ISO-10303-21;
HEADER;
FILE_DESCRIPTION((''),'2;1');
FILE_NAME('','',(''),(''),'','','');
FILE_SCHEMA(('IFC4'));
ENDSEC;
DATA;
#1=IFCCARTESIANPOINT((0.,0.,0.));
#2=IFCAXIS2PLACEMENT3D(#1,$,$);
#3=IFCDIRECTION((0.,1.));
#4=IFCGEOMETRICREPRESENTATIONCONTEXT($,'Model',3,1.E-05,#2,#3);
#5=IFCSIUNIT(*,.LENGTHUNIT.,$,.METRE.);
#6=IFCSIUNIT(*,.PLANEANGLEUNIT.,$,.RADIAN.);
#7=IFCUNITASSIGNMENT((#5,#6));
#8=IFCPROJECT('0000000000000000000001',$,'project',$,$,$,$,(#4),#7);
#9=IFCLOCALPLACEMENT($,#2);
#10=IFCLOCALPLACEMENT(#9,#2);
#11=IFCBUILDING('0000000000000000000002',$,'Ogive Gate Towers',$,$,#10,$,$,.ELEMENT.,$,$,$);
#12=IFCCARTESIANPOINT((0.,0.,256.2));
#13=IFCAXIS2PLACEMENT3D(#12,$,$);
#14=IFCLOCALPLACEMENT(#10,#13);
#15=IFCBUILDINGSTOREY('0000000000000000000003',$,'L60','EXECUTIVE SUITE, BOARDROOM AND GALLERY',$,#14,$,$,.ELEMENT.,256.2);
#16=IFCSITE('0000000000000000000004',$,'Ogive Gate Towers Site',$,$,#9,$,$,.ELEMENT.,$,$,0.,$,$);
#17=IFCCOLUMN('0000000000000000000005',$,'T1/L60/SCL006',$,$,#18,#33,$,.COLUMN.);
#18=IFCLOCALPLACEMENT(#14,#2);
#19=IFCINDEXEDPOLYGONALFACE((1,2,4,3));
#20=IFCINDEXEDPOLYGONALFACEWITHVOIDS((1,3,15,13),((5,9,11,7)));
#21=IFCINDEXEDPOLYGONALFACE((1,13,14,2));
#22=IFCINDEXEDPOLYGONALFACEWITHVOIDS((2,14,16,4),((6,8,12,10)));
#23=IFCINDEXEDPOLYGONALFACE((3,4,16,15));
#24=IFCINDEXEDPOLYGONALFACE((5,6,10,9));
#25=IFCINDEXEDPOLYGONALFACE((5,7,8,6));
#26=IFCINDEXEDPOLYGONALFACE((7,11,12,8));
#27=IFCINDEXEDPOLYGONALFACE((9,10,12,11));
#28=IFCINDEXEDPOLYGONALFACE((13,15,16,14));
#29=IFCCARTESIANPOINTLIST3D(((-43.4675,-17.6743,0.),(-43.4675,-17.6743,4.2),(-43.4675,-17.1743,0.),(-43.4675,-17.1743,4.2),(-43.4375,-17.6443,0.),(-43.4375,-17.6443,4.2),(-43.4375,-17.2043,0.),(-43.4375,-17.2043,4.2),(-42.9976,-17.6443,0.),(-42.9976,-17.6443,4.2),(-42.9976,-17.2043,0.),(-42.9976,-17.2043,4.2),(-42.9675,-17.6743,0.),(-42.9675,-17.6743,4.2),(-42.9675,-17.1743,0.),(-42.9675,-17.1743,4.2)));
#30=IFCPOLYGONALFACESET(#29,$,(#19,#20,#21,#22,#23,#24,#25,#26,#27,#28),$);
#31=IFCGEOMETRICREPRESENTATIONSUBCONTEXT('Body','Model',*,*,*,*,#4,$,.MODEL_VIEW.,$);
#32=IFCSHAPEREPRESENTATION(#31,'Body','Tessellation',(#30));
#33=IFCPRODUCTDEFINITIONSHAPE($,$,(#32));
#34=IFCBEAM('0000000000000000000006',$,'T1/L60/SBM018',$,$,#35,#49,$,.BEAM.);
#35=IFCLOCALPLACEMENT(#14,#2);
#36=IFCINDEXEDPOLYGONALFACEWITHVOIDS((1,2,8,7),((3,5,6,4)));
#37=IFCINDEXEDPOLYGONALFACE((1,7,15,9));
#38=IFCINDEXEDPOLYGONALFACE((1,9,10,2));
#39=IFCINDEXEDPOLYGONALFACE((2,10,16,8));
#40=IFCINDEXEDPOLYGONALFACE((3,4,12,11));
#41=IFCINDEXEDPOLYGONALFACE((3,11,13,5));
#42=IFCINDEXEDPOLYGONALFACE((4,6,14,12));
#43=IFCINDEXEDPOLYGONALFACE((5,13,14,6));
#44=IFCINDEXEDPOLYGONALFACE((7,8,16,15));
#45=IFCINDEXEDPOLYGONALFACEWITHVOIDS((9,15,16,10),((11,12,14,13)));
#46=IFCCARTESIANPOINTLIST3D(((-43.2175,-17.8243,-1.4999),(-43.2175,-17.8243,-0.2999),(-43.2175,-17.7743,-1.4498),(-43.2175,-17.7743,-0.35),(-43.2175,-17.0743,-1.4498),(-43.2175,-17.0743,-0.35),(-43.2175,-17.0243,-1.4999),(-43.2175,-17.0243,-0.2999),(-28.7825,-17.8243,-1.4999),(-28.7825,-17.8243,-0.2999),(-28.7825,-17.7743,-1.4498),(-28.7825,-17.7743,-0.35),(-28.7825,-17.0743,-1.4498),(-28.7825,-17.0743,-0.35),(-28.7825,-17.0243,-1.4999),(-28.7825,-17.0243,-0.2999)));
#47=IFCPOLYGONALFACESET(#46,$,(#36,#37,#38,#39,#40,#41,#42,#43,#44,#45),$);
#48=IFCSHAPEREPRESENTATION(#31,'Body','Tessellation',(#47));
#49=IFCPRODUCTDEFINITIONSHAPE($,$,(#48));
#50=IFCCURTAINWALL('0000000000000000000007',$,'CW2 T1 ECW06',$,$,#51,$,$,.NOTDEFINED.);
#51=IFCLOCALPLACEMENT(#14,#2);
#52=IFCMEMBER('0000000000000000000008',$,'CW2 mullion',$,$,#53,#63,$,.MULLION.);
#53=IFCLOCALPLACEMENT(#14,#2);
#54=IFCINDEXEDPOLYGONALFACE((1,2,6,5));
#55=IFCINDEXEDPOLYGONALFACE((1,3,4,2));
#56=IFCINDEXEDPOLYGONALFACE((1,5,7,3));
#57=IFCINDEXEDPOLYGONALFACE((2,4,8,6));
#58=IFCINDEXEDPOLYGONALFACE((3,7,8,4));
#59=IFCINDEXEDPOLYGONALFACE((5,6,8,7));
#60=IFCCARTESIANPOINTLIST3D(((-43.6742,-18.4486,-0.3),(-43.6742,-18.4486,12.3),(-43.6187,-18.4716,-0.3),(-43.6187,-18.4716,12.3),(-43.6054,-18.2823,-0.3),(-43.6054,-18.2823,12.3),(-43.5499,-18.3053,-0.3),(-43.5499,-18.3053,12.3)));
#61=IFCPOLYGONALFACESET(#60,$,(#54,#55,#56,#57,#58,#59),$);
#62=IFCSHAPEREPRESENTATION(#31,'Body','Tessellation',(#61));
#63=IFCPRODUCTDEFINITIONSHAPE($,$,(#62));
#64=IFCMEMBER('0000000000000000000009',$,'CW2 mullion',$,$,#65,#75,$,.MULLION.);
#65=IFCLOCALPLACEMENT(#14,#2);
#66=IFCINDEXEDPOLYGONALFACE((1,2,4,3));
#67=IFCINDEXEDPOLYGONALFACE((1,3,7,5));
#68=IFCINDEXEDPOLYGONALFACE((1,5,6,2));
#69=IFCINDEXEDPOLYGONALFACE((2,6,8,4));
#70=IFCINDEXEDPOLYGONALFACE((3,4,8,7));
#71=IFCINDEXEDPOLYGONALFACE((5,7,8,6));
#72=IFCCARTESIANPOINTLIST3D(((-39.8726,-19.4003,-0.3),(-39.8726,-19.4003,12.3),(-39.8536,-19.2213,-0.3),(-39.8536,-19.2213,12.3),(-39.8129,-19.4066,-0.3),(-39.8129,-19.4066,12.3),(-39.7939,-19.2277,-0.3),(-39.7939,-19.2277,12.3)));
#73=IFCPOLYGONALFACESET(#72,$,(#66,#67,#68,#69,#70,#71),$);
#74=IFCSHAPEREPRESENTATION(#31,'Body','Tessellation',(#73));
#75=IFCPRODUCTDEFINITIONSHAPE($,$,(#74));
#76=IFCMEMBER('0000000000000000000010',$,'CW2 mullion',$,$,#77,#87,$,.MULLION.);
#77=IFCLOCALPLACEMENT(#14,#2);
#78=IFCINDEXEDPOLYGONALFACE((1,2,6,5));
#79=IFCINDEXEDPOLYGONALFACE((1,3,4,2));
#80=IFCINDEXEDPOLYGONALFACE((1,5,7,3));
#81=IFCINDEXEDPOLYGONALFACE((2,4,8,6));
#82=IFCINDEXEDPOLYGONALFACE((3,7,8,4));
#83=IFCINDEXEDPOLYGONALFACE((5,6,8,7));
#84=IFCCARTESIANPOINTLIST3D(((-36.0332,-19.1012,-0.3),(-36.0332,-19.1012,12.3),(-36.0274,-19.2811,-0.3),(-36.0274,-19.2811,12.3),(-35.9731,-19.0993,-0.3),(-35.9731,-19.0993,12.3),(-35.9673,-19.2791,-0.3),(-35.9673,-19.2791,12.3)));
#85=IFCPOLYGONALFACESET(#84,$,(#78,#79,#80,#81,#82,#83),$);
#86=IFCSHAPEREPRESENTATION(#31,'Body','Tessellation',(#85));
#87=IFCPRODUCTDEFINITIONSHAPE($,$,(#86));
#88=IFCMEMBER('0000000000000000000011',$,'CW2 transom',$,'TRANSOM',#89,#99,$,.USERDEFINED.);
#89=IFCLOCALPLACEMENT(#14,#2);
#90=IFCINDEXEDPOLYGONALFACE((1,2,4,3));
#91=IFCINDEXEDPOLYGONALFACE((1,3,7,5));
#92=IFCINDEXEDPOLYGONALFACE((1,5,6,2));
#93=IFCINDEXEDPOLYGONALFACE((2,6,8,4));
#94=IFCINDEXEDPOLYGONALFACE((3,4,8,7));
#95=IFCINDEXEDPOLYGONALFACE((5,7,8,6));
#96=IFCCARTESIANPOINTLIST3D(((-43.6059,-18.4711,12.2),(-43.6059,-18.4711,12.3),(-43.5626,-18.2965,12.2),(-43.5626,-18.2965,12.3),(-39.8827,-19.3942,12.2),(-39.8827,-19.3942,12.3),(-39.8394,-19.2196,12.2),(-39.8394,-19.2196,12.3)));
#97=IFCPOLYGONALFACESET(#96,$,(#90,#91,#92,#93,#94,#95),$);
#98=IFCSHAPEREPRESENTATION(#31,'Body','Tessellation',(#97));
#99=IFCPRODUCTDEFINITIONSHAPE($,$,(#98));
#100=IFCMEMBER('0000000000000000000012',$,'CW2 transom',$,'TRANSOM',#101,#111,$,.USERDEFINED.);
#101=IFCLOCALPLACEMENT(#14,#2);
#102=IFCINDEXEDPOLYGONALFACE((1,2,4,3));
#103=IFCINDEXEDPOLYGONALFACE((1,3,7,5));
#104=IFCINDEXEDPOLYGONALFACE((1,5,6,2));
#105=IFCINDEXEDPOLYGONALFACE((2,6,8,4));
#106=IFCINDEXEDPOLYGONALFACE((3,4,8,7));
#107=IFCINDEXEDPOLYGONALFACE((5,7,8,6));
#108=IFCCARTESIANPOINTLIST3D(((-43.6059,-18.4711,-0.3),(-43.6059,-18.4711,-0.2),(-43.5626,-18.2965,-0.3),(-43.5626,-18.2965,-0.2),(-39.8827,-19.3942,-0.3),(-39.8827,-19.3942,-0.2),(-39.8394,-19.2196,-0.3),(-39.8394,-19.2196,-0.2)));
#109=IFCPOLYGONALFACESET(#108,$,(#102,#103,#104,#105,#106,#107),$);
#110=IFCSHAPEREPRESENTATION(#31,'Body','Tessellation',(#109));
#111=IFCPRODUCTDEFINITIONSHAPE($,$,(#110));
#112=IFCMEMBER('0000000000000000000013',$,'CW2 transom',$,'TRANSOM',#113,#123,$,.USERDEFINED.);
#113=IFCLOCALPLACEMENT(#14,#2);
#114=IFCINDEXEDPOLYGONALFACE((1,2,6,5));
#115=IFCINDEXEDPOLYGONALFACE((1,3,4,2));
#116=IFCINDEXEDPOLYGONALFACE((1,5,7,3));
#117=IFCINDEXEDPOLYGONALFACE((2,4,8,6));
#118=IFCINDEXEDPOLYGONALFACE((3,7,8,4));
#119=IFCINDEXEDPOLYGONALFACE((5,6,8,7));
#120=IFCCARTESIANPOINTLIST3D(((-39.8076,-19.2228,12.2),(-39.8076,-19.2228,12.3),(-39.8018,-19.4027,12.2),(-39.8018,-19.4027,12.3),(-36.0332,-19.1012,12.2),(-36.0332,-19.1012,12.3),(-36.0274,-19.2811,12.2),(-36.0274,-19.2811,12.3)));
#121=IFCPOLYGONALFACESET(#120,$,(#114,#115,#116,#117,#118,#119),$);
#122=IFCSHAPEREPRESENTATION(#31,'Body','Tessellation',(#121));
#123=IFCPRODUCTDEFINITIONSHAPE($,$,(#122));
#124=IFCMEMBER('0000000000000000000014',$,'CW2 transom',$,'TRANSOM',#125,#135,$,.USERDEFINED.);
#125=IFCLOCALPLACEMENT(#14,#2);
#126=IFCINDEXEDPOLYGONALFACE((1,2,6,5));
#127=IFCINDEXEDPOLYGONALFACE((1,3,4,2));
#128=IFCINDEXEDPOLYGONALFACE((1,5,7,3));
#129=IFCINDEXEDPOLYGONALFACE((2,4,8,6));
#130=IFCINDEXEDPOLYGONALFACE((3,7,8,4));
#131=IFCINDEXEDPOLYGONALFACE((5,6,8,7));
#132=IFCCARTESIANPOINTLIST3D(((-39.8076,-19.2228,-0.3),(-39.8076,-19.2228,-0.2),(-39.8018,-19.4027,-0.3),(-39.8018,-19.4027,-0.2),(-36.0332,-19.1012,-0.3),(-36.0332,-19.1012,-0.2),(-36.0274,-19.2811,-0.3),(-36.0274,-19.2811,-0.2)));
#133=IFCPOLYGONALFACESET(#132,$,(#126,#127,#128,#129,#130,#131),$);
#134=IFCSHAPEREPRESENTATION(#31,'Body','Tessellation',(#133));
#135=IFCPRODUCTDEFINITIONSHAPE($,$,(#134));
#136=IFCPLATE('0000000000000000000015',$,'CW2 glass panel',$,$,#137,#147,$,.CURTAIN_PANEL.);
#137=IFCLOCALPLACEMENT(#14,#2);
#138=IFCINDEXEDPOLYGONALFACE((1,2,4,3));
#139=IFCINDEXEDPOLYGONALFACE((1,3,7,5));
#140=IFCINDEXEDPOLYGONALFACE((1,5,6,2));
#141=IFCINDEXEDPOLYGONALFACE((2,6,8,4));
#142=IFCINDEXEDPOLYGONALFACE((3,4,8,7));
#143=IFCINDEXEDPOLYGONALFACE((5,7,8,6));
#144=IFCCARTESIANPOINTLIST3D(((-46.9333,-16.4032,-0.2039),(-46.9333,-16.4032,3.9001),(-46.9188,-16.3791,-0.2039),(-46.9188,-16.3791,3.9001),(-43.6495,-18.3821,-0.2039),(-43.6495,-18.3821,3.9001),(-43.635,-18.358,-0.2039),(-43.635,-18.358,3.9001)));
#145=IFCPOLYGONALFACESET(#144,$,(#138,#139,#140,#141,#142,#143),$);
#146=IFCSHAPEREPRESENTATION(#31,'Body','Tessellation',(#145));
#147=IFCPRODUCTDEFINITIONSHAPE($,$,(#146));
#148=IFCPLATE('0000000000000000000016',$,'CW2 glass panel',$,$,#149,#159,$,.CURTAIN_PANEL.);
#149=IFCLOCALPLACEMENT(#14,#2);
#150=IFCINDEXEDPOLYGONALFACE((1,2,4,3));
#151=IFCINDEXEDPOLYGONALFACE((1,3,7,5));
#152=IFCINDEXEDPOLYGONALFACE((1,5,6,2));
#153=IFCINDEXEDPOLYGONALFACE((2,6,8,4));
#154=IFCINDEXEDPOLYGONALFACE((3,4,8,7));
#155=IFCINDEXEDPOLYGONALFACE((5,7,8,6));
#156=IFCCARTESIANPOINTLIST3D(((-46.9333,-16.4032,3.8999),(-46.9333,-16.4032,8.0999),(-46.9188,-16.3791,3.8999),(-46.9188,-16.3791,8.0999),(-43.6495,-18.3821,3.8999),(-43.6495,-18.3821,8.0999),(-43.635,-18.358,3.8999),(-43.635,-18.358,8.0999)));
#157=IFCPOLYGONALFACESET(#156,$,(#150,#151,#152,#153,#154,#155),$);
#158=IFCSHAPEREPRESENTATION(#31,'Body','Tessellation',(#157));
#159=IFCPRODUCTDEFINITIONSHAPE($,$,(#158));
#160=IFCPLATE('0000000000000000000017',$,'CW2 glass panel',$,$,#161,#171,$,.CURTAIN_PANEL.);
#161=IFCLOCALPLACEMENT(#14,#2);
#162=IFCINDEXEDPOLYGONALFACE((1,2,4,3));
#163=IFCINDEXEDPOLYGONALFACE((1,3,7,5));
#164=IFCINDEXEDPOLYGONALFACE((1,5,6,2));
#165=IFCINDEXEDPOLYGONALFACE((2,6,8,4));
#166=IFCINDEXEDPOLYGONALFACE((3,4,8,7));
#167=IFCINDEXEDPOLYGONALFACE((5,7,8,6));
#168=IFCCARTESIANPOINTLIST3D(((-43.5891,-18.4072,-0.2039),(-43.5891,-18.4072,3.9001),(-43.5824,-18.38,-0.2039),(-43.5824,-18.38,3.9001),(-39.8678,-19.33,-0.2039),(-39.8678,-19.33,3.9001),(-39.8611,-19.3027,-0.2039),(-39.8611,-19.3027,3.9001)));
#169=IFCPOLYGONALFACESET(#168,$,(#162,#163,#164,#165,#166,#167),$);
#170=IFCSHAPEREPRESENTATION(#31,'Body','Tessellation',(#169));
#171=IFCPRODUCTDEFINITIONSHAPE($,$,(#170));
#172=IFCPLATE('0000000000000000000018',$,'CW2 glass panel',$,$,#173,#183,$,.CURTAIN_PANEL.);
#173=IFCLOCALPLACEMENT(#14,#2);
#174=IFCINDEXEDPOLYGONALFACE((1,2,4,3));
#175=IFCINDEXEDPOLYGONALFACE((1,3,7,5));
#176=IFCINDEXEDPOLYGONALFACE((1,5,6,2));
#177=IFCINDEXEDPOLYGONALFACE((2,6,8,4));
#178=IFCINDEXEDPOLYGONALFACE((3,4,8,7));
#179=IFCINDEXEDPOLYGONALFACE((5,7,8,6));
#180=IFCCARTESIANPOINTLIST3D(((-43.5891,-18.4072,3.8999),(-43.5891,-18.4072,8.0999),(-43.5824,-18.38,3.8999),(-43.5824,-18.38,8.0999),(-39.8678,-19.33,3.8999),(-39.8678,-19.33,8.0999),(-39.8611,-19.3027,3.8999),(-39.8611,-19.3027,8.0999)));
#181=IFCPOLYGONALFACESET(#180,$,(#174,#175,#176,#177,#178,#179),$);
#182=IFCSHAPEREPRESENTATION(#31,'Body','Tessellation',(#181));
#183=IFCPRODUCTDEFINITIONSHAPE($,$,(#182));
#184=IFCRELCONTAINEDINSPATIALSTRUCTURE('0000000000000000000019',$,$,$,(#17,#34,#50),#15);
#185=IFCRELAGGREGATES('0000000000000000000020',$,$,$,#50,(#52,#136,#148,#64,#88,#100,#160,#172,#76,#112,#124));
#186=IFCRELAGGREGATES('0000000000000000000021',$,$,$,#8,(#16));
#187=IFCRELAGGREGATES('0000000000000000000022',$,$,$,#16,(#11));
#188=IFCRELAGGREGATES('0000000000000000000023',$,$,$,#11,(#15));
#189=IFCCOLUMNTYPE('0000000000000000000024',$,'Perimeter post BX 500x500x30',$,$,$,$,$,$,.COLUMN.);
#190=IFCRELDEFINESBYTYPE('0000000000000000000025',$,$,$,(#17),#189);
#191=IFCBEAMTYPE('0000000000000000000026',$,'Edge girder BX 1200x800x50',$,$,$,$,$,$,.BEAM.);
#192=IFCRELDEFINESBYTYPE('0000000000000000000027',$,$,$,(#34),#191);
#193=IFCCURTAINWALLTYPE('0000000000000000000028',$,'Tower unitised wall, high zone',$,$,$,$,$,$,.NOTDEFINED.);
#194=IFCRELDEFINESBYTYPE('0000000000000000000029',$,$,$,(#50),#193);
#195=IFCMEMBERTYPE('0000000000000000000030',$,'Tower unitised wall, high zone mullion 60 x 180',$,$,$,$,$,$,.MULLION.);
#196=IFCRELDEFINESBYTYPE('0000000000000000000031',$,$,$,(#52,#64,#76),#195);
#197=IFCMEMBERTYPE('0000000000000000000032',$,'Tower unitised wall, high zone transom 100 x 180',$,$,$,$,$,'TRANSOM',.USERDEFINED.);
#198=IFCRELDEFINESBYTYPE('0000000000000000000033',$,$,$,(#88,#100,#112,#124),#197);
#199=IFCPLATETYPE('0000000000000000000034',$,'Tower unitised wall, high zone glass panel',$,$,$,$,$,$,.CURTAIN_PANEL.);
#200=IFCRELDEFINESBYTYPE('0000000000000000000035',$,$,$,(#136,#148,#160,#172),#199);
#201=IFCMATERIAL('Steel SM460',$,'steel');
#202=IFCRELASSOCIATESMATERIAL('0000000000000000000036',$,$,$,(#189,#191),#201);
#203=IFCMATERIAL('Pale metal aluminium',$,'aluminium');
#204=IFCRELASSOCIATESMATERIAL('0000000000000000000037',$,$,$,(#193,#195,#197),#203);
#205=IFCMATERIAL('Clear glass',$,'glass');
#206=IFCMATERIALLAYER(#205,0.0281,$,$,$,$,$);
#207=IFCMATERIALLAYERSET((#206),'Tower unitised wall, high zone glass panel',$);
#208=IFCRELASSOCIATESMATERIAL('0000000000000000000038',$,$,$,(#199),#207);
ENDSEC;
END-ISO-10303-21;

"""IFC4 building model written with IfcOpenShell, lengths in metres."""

from ifc_helpers import new_model, si_unit, direction, frame, origin, origin_2d, place, context, subcontext, project, spatial, rectangle, hollow_rectangle, extrude, material, layer, layer_set, material_profile, profile_set, type_object, element, aggregate, save


model = new_model("IFC4")

# Units and contexts
model_context = context("Model", 3, precision=1e-05, world=origin(), true_north=direction((0.0, 1.0)))
body_context = subcontext(model_context, "Body", "Model", "MODEL_VIEW")
ifc_project = project(units=[si_unit("LENGTHUNIT", "METRE"), si_unit("PLANEANGLEUNIT", "RADIAN")], contexts=[model_context])

# Site, building, storey
site_placement = place(None, origin())
site = spatial("IfcSite", under=ifc_project, at=site_placement, Name="Ogive Gate Towers Site", CompositionType="ELEMENT", RefElevation=0.0)
building_placement = place(site_placement, origin())
building = spatial("IfcBuilding", under=site, at=building_placement, Name="Ogive Gate Towers", CompositionType="ELEMENT")
storey_placement = place(building_placement, frame((0.0, 0.0, 256.2)))
storey = spatial("IfcBuildingStorey", under=building, at=storey_placement, Name="L60", Description="EXECUTIVE SUITE, BOARDROOM AND GALLERY", CompositionType="ELEMENT", Elevation=256.2)

# Column
ifc_material_1 = material(Name="Steel SM460", Category="steel")
ifc_material_profile_1 = material_profile(ifc_material_1, hollow_rectangle(XDim=0.5, YDim=0.5, WallThickness=0.03, at=origin_2d()), Name="BX 500x500x30")
ifc_profile_set_1 = profile_set([ifc_material_profile_1], Name="Steel SM460")
column_type = type_object("IfcColumnType", Name="Perimeter post BX 500x500x30", PredefinedType="COLUMN", material=ifc_profile_set_1)
column_placement = place(storey_placement, frame((-43.2175, -17.4243, 0.0), z_axis=(0.0, 0.0, 1.0), x_axis=(1.0, 0.0, 0.0)))
element("IfcColumn", 1, at=column_placement, inside=storey, type_object=column_type, Name="T1/L60/SCL006", PredefinedType="COLUMN", context=body_context, shape_type="SweptSolid", body=[
    extrude(hollow_rectangle(XDim=0.5, YDim=0.5, WallThickness=0.03, at=origin_2d()), origin(), (0.0, 0.0, 1.0), 4.2),
])

# Beam
ifc_material_profile_2 = material_profile(ifc_material_1, hollow_rectangle(XDim=0.8, YDim=1.2, WallThickness=0.05, at=origin_2d()), Name="BX 1200x800x50")
ifc_profile_set_2 = profile_set([ifc_material_profile_2], Name="Steel SM460")
beam_type = type_object("IfcBeamType", Name="Edge girder BX 1200x800x50", PredefinedType="BEAM", material=ifc_profile_set_2)
beam_placement = place(storey_placement, frame((-43.2175, -17.4243, -0.8999), z_axis=(1.0, 0.0, 0.0), x_axis=(0.0, 1.0, 0.0)))
element("IfcBeam", 2, at=beam_placement, inside=storey, type_object=beam_type, Name="T1/L60/SBM018", PredefinedType="BEAM", context=body_context, shape_type="SweptSolid", body=[
    extrude(hollow_rectangle(XDim=0.8, YDim=1.2, WallThickness=0.05, at=origin_2d()), origin(), (0.0, 0.0, 1.0), 14.4351),
])

# Curtain wall, members, plates
ifc_material_2 = material(Name="Pale metal aluminium", Category="aluminium")
curtain_wall_type = type_object("IfcCurtainWallType", Name="Tower unitised wall, high zone", PredefinedType="NOTDEFINED", material=ifc_material_2)
curtain_wall_placement = place(storey_placement, origin())
curtain_wall = element("IfcCurtainWall", 3, at=curtain_wall_placement, inside=storey, type_object=curtain_wall_type, Name="CW2 T1 ECW06", PredefinedType="NOTDEFINED")
ifc_material_profile_3 = material_profile(ifc_material_2, rectangle(XDim=0.1799, YDim=0.0601, at=origin_2d()), Name="60 x 180 aluminium box")
ifc_profile_set_3 = profile_set([ifc_material_profile_3], Name="Pale metal aluminium")
member_type_1 = type_object("IfcMemberType", Name="Tower unitised wall, high zone mullion 60 x 180", PredefinedType="MULLION", material=ifc_profile_set_3)
member_1_placement = place(storey_placement, frame((-43.6121, -18.377, -0.3), z_axis=(0.0, 0.0, 1.0), x_axis=(-0.382683, -0.92388, 0.0)))
member_1 = element("IfcMember", 4, at=member_1_placement, type_object=member_type_1, Name="CW2 mullion", PredefinedType="MULLION", context=body_context, shape_type="SweptSolid", body=[
    extrude(rectangle(XDim=0.1799, YDim=0.0601, at=origin_2d()), origin(), (0.0, 0.0, 1.0), 12.6001),
])
member_2_placement = place(storey_placement, frame((-39.8333, -19.314, -0.3), z_axis=(0.0, 0.0, 1.0), x_axis=(-0.105205, -0.994451, 0.0)))
member_2 = element("IfcMember", 5, at=member_2_placement, type_object=member_type_1, Name="CW2 mullion", PredefinedType="MULLION", context=body_context, shape_type="SweptSolid", body=[
    extrude(rectangle(XDim=0.1799, YDim=0.0601, at=origin_2d()), origin(), (0.0, 0.0, 1.0), 12.6001),
])
member_3_placement = place(storey_placement, frame((-36.0002, -19.1902, -0.3), z_axis=(0.0, 0.0, 1.0), x_axis=(0.032248, -0.99948, 0.0)))
member_3 = element("IfcMember", 6, at=member_3_placement, type_object=member_type_1, Name="CW2 mullion", PredefinedType="MULLION", context=body_context, shape_type="SweptSolid", body=[
    extrude(rectangle(XDim=0.1799, YDim=0.0601, at=origin_2d()), origin(), (0.0, 0.0, 1.0), 12.6001),
])
ifc_material_profile_4 = material_profile(ifc_material_2, rectangle(XDim=0.1799, YDim=0.1001, at=origin_2d()), Name="100 x 180 aluminium box")
ifc_profile_set_4 = profile_set([ifc_material_profile_4], Name="Pale metal aluminium")
member_type_2 = type_object("IfcMemberType", Name="Tower unitised wall, high zone transom 100 x 180", ElementType="TRANSOM", PredefinedType="USERDEFINED", material=ifc_profile_set_4)
member_4_placement = place(storey_placement, frame((-43.5842, -18.3838, 12.25), z_axis=(0.970612, -0.240648, 0.0), x_axis=(0.240648, 0.970612, 0.0)))
member_4 = element("IfcMember", 7, at=member_4_placement, type_object=member_type_2, Name="CW2 transom", ObjectType="TRANSOM", PredefinedType="USERDEFINED", context=body_context, shape_type="SweptSolid", body=[
    extrude(rectangle(XDim=0.1799, YDim=0.1001, at=origin_2d()), origin(), (0.0, 0.0, 1.0), 3.8359),
])
member_5_placement = place(storey_placement, frame((-43.5842, -18.3838, -0.25), z_axis=(0.970612, -0.240648, 0.0), x_axis=(0.240648, 0.970612, 0.0)))
member_5 = element("IfcMember", 8, at=member_5_placement, type_object=member_type_2, Name="CW2 transom", ObjectType="TRANSOM", PredefinedType="USERDEFINED", context=body_context, shape_type="SweptSolid", body=[
    extrude(rectangle(XDim=0.1799, YDim=0.1001, at=origin_2d()), origin(), (0.0, 0.0, 1.0), 3.8359),
])
member_6_placement = place(storey_placement, frame((-39.8047, -19.3127, 12.25), z_axis=(0.999482, 0.032195, 0.0), x_axis=(-0.032195, 0.999482, 0.0)))
member_6 = element("IfcMember", 9, at=member_6_placement, type_object=member_type_2, Name="CW2 transom", ObjectType="TRANSOM", PredefinedType="USERDEFINED", context=body_context, shape_type="SweptSolid", body=[
    extrude(rectangle(XDim=0.1799, YDim=0.1001, at=origin_2d()), origin(), (0.0, 0.0, 1.0), 3.7764),
])
member_7_placement = place(storey_placement, frame((-39.8047, -19.3127, -0.25), z_axis=(0.999482, 0.032195, 0.0), x_axis=(-0.032195, 0.999482, 0.0)))
member_7 = element("IfcMember", 10, at=member_7_placement, type_object=member_type_2, Name="CW2 transom", ObjectType="TRANSOM", PredefinedType="USERDEFINED", context=body_context, shape_type="SweptSolid", body=[
    extrude(rectangle(XDim=0.1799, YDim=0.1001, at=origin_2d()), origin(), (0.0, 0.0, 1.0), 3.7764),
])
ifc_material_3 = material(Name="Clear glass", Category="glass")
ifc_layer_1 = layer(ifc_material_3, 0.0281)
ifc_layer_set_1 = layer_set([ifc_layer_1], Name="Tower unitised wall, high zone glass panel")
plate_type = type_object("IfcPlateType", Name="Tower unitised wall, high zone glass panel", PredefinedType="CURTAIN_PANEL", material=ifc_layer_set_1)
plate_1_placement = place(storey_placement, frame((-45.2842, -17.3806, -0.2039), z_axis=(0.0, 0.0, 1.0), x_axis=(0.856501, -0.516145, 0.0)))
plate_1 = element("IfcPlate", 11, at=plate_1_placement, type_object=plate_type, Name="CW2 glass panel", PredefinedType="CURTAIN_PANEL", context=body_context, shape_type="SweptSolid", body=[
    extrude(rectangle(XDim=3.834, YDim=0.0281, at=origin_2d()), origin(), (0.0, 0.0, 1.0), 4.104),
])
plate_2_placement = place(storey_placement, frame((-45.2842, -17.3806, 3.8999), z_axis=(0.0, 0.0, 1.0), x_axis=(0.856501, -0.516145, 0.0)))
plate_2 = element("IfcPlate", 12, at=plate_2_placement, type_object=plate_type, Name="CW2 glass panel", PredefinedType="CURTAIN_PANEL", context=body_context, shape_type="SweptSolid", body=[
    extrude(rectangle(XDim=3.834, YDim=0.0281, at=origin_2d()), origin(), (0.0, 0.0, 1.0), 4.2),
])
plate_3_placement = place(storey_placement, frame((-41.7251, -18.855, -0.2039), z_axis=(0.0, 0.0, 1.0), x_axis=(0.970607, -0.240669, 0.0)))
plate_3 = element("IfcPlate", 13, at=plate_3_placement, type_object=plate_type, Name="CW2 glass panel", PredefinedType="CURTAIN_PANEL", context=body_context, shape_type="SweptSolid", body=[
    extrude(rectangle(XDim=3.834, YDim=0.0281, at=origin_2d()), origin(), (0.0, 0.0, 1.0), 4.104),
])
plate_4_placement = place(storey_placement, frame((-41.7251, -18.855, 3.8999), z_axis=(0.0, 0.0, 1.0), x_axis=(0.970607, -0.240669, 0.0)))
plate_4 = element("IfcPlate", 14, at=plate_4_placement, type_object=plate_type, Name="CW2 glass panel", PredefinedType="CURTAIN_PANEL", context=body_context, shape_type="SweptSolid", body=[
    extrude(rectangle(XDim=3.834, YDim=0.0281, at=origin_2d()), origin(), (0.0, 0.0, 1.0), 4.2),
])
aggregate(curtain_wall, [member_1, plate_1, plate_2, member_2, member_4, member_5, plate_3, plate_4, member_3, member_6, member_7])

save(model, "model.ifc")
